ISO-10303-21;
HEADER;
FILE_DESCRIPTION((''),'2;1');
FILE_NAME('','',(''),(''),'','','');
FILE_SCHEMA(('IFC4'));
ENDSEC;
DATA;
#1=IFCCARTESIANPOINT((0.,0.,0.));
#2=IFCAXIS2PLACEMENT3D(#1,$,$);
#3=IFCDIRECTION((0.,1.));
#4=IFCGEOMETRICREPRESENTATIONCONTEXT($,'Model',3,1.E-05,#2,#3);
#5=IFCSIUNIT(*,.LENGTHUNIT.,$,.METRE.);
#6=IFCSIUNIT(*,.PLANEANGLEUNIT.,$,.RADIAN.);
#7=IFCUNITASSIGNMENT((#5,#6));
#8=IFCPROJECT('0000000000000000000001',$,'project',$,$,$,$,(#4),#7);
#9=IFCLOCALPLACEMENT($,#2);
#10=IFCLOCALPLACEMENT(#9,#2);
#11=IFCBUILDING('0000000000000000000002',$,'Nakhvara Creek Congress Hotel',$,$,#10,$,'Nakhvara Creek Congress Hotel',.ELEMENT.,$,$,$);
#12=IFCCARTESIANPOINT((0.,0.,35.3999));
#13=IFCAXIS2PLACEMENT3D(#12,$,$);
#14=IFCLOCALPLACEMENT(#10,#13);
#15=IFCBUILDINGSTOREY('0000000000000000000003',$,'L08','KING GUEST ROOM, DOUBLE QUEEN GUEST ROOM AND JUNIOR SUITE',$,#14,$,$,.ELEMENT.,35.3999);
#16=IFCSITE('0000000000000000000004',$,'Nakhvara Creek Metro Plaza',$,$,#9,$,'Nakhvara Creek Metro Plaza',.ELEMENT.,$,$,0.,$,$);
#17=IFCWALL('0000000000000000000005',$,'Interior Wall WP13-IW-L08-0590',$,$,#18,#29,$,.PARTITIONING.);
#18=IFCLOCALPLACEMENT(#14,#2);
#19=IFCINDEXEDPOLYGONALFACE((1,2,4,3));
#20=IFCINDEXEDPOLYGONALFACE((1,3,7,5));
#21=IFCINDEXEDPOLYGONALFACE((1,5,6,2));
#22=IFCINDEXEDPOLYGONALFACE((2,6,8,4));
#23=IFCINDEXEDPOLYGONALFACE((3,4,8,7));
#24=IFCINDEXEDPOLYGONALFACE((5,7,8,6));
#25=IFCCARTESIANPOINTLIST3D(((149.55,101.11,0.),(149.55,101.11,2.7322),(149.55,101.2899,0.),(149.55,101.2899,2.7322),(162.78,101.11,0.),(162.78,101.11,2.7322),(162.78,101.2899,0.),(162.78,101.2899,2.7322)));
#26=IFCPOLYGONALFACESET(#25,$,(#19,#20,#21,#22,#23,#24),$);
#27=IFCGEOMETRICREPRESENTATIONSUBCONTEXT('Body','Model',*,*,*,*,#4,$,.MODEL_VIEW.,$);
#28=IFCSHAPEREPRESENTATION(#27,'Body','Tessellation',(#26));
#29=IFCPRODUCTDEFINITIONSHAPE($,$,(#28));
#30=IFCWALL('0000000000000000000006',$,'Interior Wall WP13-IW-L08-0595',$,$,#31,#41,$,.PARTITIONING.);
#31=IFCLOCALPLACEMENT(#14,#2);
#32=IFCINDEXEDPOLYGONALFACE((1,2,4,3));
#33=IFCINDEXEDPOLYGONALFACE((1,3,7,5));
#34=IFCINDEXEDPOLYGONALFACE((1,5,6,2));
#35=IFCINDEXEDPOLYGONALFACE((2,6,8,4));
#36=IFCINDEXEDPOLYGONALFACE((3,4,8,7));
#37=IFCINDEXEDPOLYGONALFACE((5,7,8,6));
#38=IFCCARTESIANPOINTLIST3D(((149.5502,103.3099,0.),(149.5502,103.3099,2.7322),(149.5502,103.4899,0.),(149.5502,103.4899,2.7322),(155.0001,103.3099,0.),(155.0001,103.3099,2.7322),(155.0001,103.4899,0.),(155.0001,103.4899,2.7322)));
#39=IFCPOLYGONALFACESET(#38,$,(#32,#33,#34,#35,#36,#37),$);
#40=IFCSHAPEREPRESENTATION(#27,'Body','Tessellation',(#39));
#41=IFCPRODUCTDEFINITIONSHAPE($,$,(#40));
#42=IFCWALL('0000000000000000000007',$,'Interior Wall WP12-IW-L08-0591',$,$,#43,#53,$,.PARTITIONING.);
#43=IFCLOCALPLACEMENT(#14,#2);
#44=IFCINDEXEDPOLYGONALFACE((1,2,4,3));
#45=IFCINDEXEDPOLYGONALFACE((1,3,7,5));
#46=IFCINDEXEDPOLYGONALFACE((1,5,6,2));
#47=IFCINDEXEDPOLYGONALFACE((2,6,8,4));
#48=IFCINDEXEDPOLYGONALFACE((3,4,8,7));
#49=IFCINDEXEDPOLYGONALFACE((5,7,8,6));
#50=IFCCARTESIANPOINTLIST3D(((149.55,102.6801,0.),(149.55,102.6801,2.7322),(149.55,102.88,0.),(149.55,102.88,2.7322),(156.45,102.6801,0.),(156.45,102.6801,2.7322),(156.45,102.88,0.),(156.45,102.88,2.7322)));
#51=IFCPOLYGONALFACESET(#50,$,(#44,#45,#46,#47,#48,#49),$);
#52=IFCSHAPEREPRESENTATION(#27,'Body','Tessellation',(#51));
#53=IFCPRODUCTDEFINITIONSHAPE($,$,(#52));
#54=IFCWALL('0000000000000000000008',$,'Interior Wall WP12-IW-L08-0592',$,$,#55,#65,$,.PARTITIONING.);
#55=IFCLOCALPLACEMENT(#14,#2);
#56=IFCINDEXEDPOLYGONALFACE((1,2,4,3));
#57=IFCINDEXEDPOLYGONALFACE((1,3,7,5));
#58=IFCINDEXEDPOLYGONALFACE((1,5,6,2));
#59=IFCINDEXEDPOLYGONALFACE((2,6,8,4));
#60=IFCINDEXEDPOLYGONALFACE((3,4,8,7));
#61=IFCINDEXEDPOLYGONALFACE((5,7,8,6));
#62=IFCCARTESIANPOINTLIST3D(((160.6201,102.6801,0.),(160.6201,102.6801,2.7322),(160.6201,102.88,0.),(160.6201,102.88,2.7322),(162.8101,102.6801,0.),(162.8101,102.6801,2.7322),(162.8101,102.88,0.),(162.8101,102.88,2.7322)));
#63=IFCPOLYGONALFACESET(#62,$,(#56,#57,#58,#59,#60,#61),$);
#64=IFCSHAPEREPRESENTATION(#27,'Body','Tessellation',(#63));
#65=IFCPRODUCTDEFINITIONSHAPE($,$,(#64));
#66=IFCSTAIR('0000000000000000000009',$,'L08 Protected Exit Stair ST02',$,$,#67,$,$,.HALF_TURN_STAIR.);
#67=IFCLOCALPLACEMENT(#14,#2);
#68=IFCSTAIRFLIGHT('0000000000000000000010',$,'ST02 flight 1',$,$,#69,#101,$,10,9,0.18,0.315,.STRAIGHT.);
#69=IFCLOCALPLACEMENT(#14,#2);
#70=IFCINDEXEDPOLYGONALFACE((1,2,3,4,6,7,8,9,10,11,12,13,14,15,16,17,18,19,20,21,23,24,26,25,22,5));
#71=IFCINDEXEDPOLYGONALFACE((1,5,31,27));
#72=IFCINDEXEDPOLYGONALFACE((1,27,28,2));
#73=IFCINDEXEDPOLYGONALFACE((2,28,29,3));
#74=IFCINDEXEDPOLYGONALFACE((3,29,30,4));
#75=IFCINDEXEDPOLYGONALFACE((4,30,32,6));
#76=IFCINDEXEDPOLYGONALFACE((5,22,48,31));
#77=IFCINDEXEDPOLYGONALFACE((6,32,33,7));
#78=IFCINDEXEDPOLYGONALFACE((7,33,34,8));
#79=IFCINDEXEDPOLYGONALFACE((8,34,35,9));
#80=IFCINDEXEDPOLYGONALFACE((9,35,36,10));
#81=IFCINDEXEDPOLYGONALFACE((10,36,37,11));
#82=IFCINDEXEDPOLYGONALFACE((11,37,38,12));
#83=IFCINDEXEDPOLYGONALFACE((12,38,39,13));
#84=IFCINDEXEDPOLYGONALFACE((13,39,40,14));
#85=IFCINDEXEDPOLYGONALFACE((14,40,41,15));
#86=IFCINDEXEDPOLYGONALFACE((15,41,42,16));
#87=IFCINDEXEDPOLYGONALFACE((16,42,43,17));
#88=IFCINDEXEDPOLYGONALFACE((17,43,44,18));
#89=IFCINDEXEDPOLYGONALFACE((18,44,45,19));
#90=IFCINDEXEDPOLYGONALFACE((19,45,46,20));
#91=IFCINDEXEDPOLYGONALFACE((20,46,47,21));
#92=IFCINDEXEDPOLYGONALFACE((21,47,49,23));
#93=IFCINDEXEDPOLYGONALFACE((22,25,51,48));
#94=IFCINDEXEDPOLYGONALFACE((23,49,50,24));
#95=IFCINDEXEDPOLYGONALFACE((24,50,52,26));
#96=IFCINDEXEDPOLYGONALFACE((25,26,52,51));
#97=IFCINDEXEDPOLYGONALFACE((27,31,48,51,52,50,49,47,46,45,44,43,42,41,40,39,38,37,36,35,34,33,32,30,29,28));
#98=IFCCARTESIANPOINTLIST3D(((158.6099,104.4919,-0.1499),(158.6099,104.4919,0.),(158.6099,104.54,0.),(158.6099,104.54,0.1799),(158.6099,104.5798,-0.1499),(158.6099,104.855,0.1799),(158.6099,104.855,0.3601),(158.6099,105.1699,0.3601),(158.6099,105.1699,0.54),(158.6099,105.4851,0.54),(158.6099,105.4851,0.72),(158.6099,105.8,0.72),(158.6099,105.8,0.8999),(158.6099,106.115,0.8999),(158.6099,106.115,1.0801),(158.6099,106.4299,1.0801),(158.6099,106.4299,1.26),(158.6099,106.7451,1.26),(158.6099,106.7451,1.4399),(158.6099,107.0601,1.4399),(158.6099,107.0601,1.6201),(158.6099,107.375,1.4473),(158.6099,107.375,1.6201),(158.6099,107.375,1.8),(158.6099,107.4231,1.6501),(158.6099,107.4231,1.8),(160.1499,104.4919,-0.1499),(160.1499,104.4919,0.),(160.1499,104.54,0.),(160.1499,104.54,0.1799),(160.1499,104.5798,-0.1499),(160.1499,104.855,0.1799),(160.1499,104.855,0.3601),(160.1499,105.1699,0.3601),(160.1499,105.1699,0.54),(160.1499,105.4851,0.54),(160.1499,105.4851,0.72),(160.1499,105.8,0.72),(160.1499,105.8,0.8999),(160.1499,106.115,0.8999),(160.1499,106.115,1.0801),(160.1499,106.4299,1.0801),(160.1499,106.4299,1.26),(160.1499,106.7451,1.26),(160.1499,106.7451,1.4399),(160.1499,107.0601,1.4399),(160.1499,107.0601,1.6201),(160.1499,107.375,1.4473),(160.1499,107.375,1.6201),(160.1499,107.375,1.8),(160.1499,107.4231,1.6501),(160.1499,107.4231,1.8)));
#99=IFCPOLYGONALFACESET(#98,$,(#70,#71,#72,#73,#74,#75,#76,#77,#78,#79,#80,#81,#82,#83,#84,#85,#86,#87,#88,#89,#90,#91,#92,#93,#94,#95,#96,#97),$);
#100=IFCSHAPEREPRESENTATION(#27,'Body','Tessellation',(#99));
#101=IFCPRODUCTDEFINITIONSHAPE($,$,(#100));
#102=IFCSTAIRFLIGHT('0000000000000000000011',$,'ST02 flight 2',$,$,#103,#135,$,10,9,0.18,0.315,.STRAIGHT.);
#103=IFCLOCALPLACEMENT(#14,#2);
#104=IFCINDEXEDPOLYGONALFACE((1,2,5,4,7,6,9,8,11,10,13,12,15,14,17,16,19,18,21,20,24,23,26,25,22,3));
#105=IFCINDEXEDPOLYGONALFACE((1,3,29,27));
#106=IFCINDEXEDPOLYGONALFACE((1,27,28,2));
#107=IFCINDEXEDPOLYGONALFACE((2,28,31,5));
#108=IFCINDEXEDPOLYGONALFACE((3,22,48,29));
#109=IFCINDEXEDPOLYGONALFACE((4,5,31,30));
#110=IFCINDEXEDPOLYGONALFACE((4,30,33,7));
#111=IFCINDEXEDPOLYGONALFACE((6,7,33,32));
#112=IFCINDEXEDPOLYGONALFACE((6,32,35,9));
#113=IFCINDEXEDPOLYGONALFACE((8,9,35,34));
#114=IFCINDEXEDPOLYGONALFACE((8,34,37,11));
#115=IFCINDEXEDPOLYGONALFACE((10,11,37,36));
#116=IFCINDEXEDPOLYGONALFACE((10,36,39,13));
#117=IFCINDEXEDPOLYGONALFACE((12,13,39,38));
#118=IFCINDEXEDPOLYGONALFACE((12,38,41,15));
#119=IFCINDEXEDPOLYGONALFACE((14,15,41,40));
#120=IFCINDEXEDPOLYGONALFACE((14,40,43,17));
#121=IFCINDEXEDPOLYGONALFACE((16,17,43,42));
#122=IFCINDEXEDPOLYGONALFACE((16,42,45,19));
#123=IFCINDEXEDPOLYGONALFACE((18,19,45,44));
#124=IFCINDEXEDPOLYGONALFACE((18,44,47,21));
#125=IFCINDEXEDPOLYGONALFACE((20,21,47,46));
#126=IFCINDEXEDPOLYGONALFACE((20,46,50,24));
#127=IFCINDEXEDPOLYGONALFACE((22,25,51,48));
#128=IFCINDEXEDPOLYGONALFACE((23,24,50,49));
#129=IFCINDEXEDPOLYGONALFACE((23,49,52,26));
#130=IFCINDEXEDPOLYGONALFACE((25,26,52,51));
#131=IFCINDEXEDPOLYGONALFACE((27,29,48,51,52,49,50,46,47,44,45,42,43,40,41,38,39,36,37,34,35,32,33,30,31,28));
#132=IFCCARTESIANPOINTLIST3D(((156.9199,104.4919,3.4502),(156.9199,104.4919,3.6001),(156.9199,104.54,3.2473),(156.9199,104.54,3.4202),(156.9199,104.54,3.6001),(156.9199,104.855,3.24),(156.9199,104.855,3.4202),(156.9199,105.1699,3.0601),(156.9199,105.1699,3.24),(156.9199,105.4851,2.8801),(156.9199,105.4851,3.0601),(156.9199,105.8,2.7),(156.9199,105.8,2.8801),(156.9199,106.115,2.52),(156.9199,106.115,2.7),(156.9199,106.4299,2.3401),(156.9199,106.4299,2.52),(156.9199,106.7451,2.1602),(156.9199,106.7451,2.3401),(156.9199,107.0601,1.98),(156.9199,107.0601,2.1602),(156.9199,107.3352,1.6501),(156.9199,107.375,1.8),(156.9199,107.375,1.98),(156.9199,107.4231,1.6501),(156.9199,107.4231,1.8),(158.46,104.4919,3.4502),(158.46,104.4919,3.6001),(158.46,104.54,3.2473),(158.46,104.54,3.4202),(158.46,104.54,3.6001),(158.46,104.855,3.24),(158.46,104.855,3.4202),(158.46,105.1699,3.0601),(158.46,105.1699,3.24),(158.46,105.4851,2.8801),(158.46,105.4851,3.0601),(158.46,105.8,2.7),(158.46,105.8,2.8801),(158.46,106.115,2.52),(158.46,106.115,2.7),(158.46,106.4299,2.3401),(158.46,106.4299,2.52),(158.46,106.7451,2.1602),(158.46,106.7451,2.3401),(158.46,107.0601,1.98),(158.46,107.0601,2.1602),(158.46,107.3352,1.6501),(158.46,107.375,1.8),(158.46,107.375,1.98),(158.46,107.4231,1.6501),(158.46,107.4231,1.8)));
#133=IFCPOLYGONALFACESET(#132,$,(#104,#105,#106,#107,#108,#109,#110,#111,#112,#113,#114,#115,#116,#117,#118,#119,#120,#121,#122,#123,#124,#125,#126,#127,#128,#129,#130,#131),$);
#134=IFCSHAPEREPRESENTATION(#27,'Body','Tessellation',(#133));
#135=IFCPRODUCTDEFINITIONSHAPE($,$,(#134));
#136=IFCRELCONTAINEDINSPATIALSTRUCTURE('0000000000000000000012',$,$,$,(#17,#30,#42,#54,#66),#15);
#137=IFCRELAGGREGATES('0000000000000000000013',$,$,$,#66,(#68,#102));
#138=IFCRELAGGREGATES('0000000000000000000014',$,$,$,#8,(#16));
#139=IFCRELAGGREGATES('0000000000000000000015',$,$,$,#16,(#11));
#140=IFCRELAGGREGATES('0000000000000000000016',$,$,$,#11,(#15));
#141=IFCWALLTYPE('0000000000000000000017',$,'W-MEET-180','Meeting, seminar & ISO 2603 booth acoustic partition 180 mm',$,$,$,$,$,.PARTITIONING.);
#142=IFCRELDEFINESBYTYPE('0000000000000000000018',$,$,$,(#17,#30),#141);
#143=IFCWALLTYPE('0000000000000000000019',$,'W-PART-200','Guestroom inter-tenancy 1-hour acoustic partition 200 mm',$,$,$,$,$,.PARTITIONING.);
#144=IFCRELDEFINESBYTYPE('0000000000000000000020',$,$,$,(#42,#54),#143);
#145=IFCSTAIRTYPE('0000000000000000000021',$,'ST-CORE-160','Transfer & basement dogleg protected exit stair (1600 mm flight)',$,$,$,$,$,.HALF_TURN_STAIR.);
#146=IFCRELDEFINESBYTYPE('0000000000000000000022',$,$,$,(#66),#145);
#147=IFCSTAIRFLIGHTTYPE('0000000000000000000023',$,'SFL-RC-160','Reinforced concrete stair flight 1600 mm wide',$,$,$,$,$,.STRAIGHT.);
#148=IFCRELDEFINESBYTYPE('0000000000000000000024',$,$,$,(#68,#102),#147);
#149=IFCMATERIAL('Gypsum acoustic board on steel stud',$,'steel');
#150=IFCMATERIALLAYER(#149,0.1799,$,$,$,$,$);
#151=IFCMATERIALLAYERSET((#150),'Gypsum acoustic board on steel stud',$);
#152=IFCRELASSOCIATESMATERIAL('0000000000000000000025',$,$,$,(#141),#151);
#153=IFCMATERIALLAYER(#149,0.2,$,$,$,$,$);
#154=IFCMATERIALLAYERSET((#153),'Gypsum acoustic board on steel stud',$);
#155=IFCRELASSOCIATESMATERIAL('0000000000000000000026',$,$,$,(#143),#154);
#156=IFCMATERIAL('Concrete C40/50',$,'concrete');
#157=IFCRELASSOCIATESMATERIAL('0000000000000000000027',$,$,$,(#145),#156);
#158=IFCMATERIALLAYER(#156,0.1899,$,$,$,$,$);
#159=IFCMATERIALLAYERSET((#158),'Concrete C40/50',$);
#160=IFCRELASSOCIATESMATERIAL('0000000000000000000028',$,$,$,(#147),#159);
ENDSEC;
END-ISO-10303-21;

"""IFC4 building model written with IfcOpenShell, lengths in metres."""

from ifc_helpers import new_model, si_unit, direction, frame, frame_2d, origin, place, context, subcontext, project, spatial, polyline, rectangle, outline, extrude, material, layer, layer_set, type_object, element, aggregate, save


model = new_model("IFC4")

# Units and contexts
model_context = context("Model", 3, precision=1e-05, world=origin(), true_north=direction((0.0, 1.0)))
body_context = subcontext(model_context, "Body", "Model", "MODEL_VIEW")
ifc_project = project(units=[si_unit("LENGTHUNIT", "METRE"), si_unit("PLANEANGLEUNIT", "RADIAN")], contexts=[model_context])

# Site, building, storey
site_placement = place(None, origin())
site = spatial("IfcSite", under=ifc_project, at=site_placement, Name="Nakhvara Creek Metro Plaza", LongName="Nakhvara Creek Metro Plaza", CompositionType="ELEMENT", RefElevation=0.0)
building_placement = place(site_placement, origin())
building = spatial("IfcBuilding", under=site, at=building_placement, Name="Nakhvara Creek Congress Hotel", LongName="Nakhvara Creek Congress Hotel", CompositionType="ELEMENT")
storey_placement = place(building_placement, frame((0.0, 0.0, 35.3999)))
storey = spatial("IfcBuildingStorey", under=building, at=storey_placement, Name="L08", Description="KING GUEST ROOM, DOUBLE QUEEN GUEST ROOM AND JUNIOR SUITE", CompositionType="ELEMENT", Elevation=35.3999)

# Shared definitions
ifc_material_1 = material(Name="Concrete C40/50", Category="concrete")

# Walls
ifc_material_2 = material(Name="Gypsum acoustic board on steel stud", Category="steel")
ifc_layer_1 = layer(ifc_material_2, 0.1799)
ifc_layer_set_1 = layer_set([ifc_layer_1], Name="Gypsum acoustic board on steel stud")
wall_type_1 = type_object("IfcWallType", Name="W-MEET-180", Description="Meeting, seminar & ISO 2603 booth acoustic partition 180 mm", PredefinedType="PARTITIONING", material=ifc_layer_set_1)
wall_1_placement = place(storey_placement, frame((149.55, 101.2, 0.0), z_axis=(0.0, 0.0, 1.0), x_axis=(1.0, 0.0, 0.0)))
element("IfcWall", 1, at=wall_1_placement, inside=storey, type_object=wall_type_1, Name="Interior Wall WP13-IW-L08-0590", PredefinedType="PARTITIONING", context=body_context, shape_type="SweptSolid", body=[
    extrude(rectangle(XDim=13.23, YDim=0.1799, at=frame_2d((6.615, 0.0))), origin(), (0.0, 0.0, 1.0), 2.7322),
])
wall_2_placement = place(storey_placement, frame((149.55, 103.3999, 0.0), z_axis=(0.0, 0.0, 1.0), x_axis=(1.0, 0.0, 0.0)))
element("IfcWall", 2, at=wall_2_placement, inside=storey, type_object=wall_type_1, Name="Interior Wall WP13-IW-L08-0595", PredefinedType="PARTITIONING", context=body_context, shape_type="SweptSolid", body=[
    extrude(rectangle(XDim=5.45, YDim=0.1799, at=frame_2d((2.7251, 0.0))), origin(), (0.0, 0.0, 1.0), 2.7322),
])
ifc_layer_2 = layer(ifc_material_2, 0.2)
ifc_layer_set_2 = layer_set([ifc_layer_2], Name="Gypsum acoustic board on steel stud")
wall_type_2 = type_object("IfcWallType", Name="W-PART-200", Description="Guestroom inter-tenancy 1-hour acoustic partition 200 mm", PredefinedType="PARTITIONING", material=ifc_layer_set_2)
wall_3_placement = place(storey_placement, frame((149.55, 102.78, 0.0), z_axis=(0.0, 0.0, 1.0), x_axis=(1.0, 0.0, 0.0)))
element("IfcWall", 3, at=wall_3_placement, inside=storey, type_object=wall_type_2, Name="Interior Wall WP12-IW-L08-0591", PredefinedType="PARTITIONING", context=body_context, shape_type="SweptSolid", body=[
    extrude(rectangle(XDim=6.8999, YDim=0.2, at=frame_2d((3.45, 0.0))), origin(), (0.0, 0.0, 1.0), 2.7322),
])
wall_4_placement = place(storey_placement, frame((160.6201, 102.78, 0.0), z_axis=(0.0, 0.0, 1.0), x_axis=(1.0, 0.0, 0.0)))
element("IfcWall", 4, at=wall_4_placement, inside=storey, type_object=wall_type_2, Name="Interior Wall WP12-IW-L08-0592", PredefinedType="PARTITIONING", context=body_context, shape_type="SweptSolid", body=[
    extrude(rectangle(XDim=2.1899, YDim=0.2, at=frame_2d((1.095, 0.0))), origin(), (0.0, 0.0, 1.0), 2.7322),
])

# Stair, stair flights
stair_type = type_object("IfcStairType", Name="ST-CORE-160", Description="Transfer & basement dogleg protected exit stair (1600 mm flight)", PredefinedType="HALF_TURN_STAIR", material=ifc_material_1)
stair_placement = place(storey_placement, origin())
stair = element("IfcStair", 5, at=stair_placement, inside=storey, type_object=stair_type, Name="L08 Protected Exit Stair ST02", PredefinedType="HALF_TURN_STAIR")
ifc_layer_3 = layer(ifc_material_1, 0.1899)
ifc_layer_set_3 = layer_set([ifc_layer_3], Name="Concrete C40/50")
stair_flight_type = type_object("IfcStairFlightType", Name="SFL-RC-160", Description="Reinforced concrete stair flight 1600 mm wide", PredefinedType="STRAIGHT", material=ifc_layer_set_3)
stair_flight_1_placement = place(storey_placement, frame((159.3799, 104.54, 0.0), z_axis=(0.0, 0.0, 1.0), x_axis=(0.0, 1.0, 0.0)))
stair_flight_1 = element("IfcStairFlight", 6, at=stair_flight_1_placement, type_object=stair_flight_type, Name="ST02 flight 1", NumberOfRisers=10, NumberOfTreads=9, PredefinedType="STRAIGHT", RiserHeight=0.18, TreadLength=0.315, context=body_context, shape_type="SweptSolid", body=[
    extrude(outline(polyline([(-0.0481, 0.0), (0.0, 0.0), (0.0, 0.1799), (0.3149, 0.1799), (0.3149, 0.3601), (0.6299, 0.3601), (0.6299, 0.54), (0.9451, 0.54), (0.9451, 0.72), (1.26, 0.72), (1.26, 0.8999), (1.575, 0.8999), (1.575, 1.0801), (1.8899, 1.0801), (1.8899, 1.26), (2.2051, 1.26), (2.2051, 1.4399), (2.52, 1.4399), (2.52, 1.6201), (2.835, 1.6201), (2.835, 1.8), (2.8831, 1.8), (2.8831, 1.6501), (2.835, 1.4473), (0.0398, -0.1499), (-0.0481, -0.1499), (-0.0481, 0.0)])), frame((0.0, 0.77, 0.0), z_axis=(0.0, -1.0, 0.0), x_axis=(1.0, 0.0, 0.0)), (0.0, 0.0, 1.0), 1.54),
])
stair_flight_2_placement = place(storey_placement, frame((157.6899, 107.375, 1.8), z_axis=(0.0, 0.0, 1.0), x_axis=(0.0, -1.0, 0.0)))
stair_flight_2 = element("IfcStairFlight", 7, at=stair_flight_2_placement, type_object=stair_flight_type, Name="ST02 flight 2", NumberOfRisers=10, NumberOfTreads=9, PredefinedType="STRAIGHT", RiserHeight=0.18, TreadLength=0.315, context=body_context, shape_type="SweptSolid", body=[
    extrude(outline(polyline([(-0.0481, 0.0), (0.0, 0.0), (0.0, 0.1799), (0.3149, 0.1799), (0.3149, 0.3601), (0.6299, 0.3601), (0.6299, 0.54), (0.9451, 0.54), (0.9451, 0.72), (1.26, 0.72), (1.26, 0.8999), (1.575, 0.8999), (1.575, 1.0801), (1.8899, 1.0801), (1.8899, 1.26), (2.2051, 1.26), (2.2051, 1.4399), (2.52, 1.4399), (2.52, 1.6201), (2.835, 1.6201), (2.835, 1.8), (2.8831, 1.8), (2.8831, 1.6501), (2.835, 1.4473), (0.0398, -0.1499), (-0.0481, -0.1499), (-0.0481, 0.0)])), frame((0.0, 0.77, 0.0), z_axis=(0.0, -1.0, 0.0), x_axis=(1.0, 0.0, 0.0)), (0.0, 0.0, 1.0), 1.54),
])
aggregate(stair, [stair_flight_1, stair_flight_2])

save(model, "model.ifc")
